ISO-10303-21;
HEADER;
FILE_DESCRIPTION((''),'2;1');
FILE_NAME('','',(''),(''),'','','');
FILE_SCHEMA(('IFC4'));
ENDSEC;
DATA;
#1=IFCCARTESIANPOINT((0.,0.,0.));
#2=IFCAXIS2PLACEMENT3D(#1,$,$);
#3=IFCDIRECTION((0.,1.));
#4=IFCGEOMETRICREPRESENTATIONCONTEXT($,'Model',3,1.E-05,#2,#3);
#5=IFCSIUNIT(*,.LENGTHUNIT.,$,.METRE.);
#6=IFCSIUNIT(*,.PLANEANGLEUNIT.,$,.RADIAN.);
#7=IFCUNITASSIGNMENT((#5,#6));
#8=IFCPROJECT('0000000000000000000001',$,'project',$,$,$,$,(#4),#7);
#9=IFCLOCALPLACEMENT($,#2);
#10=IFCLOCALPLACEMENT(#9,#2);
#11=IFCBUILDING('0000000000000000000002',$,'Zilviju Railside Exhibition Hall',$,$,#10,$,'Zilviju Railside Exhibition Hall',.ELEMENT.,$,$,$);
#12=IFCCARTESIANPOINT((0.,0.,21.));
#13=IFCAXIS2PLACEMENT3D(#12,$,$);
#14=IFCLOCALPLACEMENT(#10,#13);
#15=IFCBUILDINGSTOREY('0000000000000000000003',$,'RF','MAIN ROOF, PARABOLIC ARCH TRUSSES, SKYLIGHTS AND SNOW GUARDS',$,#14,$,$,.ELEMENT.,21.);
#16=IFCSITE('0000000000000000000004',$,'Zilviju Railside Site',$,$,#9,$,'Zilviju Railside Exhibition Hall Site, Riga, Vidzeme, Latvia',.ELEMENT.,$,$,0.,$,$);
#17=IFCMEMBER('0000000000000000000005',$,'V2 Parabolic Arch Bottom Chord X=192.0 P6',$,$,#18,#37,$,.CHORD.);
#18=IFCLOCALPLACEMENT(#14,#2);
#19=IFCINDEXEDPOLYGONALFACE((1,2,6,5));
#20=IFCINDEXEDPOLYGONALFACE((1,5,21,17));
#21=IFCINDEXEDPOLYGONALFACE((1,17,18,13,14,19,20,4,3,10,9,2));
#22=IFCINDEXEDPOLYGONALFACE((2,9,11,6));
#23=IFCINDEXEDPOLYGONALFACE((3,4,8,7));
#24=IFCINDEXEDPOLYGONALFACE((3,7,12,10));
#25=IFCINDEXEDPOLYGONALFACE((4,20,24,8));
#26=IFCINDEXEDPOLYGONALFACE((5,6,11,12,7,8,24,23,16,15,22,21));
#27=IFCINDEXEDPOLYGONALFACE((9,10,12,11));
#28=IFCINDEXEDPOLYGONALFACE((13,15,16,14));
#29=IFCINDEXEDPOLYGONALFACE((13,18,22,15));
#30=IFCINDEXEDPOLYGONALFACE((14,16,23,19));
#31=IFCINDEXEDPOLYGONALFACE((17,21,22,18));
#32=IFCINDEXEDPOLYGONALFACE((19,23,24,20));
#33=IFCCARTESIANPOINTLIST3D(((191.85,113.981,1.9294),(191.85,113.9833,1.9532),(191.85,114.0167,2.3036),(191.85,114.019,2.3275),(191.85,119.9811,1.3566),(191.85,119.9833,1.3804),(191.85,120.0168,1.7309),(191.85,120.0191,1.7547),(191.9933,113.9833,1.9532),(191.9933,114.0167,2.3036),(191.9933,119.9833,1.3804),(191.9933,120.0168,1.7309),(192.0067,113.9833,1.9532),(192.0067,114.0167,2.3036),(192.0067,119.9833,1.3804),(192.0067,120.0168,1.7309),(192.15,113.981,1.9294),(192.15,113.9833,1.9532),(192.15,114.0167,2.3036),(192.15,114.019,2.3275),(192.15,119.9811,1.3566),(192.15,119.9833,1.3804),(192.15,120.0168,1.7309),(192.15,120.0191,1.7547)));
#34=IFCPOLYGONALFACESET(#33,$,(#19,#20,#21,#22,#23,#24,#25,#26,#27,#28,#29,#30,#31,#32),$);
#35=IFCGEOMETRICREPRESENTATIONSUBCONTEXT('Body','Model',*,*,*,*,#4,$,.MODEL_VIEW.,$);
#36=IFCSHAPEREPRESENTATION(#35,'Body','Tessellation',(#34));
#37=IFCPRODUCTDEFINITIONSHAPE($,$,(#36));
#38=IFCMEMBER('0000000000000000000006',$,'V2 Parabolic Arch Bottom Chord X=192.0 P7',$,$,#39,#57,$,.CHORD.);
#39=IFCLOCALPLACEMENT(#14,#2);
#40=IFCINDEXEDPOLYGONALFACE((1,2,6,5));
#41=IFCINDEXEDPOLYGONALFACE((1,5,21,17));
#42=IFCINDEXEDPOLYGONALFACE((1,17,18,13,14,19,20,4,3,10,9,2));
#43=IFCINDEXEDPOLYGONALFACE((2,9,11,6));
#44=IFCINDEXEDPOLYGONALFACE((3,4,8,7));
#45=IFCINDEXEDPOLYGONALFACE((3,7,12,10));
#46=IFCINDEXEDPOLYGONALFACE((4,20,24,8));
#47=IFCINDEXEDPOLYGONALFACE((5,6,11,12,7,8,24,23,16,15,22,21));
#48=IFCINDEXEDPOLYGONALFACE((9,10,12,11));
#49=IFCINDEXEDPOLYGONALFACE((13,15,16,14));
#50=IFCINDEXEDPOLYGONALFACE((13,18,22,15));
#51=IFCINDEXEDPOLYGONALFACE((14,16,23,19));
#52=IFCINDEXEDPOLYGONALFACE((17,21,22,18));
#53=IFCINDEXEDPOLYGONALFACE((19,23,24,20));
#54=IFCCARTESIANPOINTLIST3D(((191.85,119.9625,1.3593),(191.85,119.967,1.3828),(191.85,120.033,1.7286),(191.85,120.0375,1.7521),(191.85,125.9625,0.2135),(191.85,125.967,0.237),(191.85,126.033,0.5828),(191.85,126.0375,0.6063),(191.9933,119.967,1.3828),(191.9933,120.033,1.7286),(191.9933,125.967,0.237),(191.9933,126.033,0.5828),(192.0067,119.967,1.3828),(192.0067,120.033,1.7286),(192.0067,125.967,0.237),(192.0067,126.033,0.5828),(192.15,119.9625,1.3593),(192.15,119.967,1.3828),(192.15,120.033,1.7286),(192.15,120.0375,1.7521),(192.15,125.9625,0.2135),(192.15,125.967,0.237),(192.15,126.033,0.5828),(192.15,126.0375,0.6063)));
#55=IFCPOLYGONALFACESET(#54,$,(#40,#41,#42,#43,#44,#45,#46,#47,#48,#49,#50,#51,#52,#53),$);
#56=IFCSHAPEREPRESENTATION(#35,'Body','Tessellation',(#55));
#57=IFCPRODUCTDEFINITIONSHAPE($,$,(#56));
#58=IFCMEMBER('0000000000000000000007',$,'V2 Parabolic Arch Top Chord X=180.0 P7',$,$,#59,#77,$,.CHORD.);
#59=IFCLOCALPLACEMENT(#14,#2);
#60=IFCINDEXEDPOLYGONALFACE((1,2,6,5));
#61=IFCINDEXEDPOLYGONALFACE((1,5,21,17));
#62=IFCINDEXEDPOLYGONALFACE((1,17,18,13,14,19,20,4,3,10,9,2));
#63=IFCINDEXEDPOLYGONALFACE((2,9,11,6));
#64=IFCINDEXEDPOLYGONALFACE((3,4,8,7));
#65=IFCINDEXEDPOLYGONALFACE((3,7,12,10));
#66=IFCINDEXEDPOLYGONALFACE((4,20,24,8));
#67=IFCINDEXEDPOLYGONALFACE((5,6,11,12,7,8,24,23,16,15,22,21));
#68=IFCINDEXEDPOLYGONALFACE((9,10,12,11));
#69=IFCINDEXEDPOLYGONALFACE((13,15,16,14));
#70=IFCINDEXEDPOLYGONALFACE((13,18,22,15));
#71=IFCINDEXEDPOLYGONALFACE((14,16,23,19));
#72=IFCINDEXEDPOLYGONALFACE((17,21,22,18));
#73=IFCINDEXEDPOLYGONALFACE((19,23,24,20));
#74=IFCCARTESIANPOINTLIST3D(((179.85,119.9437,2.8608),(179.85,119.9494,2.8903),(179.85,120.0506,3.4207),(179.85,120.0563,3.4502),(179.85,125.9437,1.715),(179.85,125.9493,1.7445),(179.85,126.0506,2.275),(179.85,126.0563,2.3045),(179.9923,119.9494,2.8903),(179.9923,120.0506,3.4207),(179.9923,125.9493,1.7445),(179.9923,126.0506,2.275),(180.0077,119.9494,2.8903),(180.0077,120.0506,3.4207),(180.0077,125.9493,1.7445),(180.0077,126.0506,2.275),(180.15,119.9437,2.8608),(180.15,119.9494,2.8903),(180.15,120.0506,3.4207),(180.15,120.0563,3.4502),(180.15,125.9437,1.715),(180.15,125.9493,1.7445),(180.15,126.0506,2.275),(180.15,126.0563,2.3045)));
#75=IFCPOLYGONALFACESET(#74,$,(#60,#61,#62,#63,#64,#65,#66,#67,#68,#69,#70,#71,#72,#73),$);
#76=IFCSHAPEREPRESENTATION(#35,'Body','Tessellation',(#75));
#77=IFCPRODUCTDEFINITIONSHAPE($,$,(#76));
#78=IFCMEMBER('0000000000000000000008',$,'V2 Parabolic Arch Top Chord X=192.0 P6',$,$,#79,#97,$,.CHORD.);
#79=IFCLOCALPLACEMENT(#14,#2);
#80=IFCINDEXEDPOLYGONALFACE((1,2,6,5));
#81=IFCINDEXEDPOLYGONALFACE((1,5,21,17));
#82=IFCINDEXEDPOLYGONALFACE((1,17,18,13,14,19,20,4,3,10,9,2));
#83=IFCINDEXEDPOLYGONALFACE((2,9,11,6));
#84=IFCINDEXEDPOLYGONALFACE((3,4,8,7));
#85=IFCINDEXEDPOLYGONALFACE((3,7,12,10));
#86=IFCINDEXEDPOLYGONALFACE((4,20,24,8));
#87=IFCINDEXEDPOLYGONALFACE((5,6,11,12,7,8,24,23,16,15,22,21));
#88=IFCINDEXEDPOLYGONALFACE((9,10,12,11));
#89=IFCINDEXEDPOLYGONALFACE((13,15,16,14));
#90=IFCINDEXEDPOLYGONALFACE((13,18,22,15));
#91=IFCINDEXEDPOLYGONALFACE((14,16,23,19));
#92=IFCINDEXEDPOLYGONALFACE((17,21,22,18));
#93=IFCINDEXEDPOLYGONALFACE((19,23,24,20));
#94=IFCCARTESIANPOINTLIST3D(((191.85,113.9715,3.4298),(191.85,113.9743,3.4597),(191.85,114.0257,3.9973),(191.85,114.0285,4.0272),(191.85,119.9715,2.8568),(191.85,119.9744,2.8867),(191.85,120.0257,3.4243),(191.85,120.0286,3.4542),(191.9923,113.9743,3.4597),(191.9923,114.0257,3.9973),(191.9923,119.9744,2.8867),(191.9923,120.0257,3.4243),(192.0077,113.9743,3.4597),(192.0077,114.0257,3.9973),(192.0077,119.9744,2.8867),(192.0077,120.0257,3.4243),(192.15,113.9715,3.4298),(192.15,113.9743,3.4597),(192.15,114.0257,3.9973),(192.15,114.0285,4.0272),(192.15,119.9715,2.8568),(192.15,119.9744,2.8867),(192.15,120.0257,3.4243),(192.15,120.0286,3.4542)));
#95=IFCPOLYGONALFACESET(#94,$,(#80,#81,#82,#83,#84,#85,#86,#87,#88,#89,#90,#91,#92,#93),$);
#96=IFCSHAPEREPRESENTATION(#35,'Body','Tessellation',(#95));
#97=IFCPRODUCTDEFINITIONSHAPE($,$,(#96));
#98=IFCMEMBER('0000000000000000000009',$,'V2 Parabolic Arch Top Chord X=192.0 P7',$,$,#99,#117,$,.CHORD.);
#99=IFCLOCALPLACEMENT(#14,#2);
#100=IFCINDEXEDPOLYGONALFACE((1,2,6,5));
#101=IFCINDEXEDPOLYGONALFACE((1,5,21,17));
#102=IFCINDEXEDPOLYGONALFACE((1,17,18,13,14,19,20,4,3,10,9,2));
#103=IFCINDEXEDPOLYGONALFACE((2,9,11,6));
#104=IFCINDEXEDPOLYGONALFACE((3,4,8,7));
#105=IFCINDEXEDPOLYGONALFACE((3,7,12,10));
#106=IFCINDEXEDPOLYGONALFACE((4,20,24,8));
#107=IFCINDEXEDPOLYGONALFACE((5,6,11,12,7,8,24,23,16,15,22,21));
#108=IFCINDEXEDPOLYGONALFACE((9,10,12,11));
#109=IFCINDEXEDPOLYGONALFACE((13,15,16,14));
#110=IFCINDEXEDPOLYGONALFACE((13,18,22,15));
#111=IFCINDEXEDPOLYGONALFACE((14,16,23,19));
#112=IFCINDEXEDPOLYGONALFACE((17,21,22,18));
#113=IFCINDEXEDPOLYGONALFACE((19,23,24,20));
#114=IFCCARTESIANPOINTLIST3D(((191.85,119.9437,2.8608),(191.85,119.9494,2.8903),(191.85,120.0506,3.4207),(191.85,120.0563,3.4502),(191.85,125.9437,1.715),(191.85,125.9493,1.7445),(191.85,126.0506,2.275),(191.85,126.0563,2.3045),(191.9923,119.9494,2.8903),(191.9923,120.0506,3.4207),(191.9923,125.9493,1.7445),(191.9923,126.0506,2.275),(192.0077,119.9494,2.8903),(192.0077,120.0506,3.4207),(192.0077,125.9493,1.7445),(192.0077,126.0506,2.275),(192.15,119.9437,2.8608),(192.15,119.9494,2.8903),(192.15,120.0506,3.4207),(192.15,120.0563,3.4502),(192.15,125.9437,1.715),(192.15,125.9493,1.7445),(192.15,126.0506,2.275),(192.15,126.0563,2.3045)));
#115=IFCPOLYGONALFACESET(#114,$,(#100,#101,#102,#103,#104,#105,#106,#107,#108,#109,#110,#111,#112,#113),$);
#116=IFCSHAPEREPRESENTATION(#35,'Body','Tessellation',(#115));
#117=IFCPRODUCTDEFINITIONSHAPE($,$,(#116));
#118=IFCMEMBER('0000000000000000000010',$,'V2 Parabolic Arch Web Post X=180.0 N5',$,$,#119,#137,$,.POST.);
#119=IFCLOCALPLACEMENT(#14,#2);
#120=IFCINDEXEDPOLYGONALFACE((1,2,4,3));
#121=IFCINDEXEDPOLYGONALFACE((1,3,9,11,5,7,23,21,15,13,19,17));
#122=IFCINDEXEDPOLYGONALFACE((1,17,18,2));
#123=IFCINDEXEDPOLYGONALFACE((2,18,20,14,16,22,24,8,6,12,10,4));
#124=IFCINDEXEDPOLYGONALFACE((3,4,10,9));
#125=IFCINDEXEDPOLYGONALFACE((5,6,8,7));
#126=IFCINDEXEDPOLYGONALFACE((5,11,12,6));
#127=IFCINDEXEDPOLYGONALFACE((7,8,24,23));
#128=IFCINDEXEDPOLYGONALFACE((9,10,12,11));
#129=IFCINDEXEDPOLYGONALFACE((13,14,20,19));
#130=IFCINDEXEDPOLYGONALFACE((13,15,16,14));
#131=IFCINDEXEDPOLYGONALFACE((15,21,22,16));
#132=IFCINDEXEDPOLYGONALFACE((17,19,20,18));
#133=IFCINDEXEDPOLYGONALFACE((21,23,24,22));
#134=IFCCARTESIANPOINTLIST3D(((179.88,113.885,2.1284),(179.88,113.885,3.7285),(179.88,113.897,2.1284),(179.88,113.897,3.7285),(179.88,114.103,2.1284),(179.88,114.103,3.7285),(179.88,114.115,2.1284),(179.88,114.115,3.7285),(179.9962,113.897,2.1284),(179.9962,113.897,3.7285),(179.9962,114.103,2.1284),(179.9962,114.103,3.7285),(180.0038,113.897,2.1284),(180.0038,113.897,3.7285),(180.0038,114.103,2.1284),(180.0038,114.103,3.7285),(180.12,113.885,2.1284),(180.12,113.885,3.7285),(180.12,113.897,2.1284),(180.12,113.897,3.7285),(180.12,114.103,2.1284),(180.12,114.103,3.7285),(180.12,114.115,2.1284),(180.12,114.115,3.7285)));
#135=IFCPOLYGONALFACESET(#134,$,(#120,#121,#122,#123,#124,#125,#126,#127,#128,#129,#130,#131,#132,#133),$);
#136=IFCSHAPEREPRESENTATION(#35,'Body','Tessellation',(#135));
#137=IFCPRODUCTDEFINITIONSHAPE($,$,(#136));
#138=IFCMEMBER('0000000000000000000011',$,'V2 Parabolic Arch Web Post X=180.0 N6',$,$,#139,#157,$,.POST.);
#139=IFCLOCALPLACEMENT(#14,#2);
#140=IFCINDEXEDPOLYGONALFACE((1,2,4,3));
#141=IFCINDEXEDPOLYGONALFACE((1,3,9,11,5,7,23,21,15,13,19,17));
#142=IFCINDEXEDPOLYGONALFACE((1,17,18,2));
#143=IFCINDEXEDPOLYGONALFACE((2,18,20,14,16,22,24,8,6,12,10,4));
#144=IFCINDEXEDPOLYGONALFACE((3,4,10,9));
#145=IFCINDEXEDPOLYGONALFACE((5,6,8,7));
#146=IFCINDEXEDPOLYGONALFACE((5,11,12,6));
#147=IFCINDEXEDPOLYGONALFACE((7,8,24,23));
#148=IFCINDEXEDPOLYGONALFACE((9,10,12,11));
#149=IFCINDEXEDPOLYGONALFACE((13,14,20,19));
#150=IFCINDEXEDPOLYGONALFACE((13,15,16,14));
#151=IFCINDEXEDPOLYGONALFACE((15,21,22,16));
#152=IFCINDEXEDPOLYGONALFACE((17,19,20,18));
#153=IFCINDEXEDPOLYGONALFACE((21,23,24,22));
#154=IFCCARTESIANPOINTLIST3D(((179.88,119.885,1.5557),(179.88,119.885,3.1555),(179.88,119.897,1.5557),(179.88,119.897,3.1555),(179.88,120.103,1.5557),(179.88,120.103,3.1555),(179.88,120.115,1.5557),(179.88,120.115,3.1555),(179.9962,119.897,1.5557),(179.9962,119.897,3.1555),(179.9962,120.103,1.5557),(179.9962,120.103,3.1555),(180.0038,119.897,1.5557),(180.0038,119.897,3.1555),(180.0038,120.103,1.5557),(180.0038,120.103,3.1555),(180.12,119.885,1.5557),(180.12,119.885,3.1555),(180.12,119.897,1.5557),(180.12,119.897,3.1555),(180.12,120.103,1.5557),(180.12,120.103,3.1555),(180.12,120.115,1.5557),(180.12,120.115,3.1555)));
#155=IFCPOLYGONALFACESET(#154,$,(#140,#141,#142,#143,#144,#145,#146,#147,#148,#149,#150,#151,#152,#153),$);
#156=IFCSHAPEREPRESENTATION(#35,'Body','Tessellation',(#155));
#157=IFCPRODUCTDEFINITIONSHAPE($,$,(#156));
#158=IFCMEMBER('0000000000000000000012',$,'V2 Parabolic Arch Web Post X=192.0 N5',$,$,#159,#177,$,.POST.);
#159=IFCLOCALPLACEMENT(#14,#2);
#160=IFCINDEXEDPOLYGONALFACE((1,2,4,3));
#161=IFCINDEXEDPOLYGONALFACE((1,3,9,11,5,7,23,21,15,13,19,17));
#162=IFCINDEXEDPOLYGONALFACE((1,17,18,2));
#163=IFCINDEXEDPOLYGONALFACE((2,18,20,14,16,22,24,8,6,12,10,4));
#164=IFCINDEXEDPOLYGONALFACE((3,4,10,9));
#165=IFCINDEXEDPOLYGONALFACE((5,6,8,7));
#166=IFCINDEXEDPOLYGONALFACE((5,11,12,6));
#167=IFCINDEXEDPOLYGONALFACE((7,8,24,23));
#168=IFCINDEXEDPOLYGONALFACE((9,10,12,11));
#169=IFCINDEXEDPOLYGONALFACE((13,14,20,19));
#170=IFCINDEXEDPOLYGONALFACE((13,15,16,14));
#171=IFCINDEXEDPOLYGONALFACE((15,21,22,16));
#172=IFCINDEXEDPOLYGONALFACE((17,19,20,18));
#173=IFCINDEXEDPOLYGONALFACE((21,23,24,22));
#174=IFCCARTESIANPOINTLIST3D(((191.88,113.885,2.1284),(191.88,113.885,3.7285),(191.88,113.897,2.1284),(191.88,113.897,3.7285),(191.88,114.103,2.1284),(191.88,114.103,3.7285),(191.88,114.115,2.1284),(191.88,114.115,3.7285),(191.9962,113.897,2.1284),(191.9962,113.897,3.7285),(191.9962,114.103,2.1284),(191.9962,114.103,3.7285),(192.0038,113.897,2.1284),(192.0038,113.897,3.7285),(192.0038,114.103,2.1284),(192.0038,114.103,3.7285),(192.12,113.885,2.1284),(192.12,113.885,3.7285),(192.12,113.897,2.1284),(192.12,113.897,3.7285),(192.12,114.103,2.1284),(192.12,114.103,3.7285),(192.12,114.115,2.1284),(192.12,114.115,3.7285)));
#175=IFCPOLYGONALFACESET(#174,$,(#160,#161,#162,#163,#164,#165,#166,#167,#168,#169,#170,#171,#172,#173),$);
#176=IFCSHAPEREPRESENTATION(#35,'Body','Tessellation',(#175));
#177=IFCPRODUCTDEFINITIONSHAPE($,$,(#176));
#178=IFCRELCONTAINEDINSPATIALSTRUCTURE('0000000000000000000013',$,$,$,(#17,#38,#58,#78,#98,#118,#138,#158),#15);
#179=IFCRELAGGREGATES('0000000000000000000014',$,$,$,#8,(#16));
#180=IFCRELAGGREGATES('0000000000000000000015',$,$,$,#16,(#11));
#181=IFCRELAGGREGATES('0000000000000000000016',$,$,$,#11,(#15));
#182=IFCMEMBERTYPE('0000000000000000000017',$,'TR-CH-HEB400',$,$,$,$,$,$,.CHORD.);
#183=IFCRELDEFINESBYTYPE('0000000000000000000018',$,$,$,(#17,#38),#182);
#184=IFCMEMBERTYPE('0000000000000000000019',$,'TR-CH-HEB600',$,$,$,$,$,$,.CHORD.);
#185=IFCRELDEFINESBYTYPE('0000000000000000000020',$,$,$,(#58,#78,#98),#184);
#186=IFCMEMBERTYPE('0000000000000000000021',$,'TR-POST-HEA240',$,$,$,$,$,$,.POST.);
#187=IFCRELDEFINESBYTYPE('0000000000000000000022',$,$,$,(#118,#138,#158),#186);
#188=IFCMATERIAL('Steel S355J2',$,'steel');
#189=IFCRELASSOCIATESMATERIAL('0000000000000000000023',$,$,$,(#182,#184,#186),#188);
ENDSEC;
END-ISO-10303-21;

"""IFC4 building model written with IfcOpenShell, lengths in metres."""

from ifc_helpers import new_model, si_unit, direction, frame, origin, origin_2d, place, context, subcontext, project, spatial, i_section, extrude, material, material_profile, profile_set, type_object, element, save


model = new_model("IFC4")

# Units and contexts
model_context = context("Model", 3, precision=1e-05, world=origin(), true_north=direction((0.0, 1.0)))
body_context = subcontext(model_context, "Body", "Model", "MODEL_VIEW")
ifc_project = project(units=[si_unit("LENGTHUNIT", "METRE"), si_unit("PLANEANGLEUNIT", "RADIAN")], contexts=[model_context])

# Site, building, storey
site_placement = place(None, origin())
site = spatial("IfcSite", under=ifc_project, at=site_placement, Name="Zilviju Railside Site", LongName="Zilviju Railside Exhibition Hall Site, Riga, Vidzeme, Latvia", CompositionType="ELEMENT", RefElevation=0.0)
building_placement = place(site_placement, origin())
building = spatial("IfcBuilding", under=site, at=building_placement, Name="Zilviju Railside Exhibition Hall", LongName="Zilviju Railside Exhibition Hall", CompositionType="ELEMENT")
storey_placement = place(building_placement, frame((0.0, 0.0, 21.0)))
storey = spatial("IfcBuildingStorey", under=building, at=storey_placement, Name="RF", Description="MAIN ROOF, PARABOLIC ARCH TRUSSES, SKYLIGHTS AND SNOW GUARDS", CompositionType="ELEMENT", Elevation=21.0)

# Members
ifc_material_1 = material(Name="Steel S355J2", Category="steel")
ifc_material_profile_1 = material_profile(ifc_material_1, i_section(OverallWidth=0.3, OverallDepth=0.3999, WebThickness=0.0134, FlangeThickness=0.0239, at=origin_2d()), Name="HEB 400")
ifc_profile_set_1 = profile_set([ifc_material_profile_1], Name="Steel S355J2")
member_type_1 = type_object("IfcMemberType", Name="TR-CH-HEB400", PredefinedType="CHORD", material=ifc_profile_set_1)
member_1_placement = place(storey_placement, frame((192.0, 114.0, 2.1284), z_axis=(0.0, 0.995475, -0.095027), x_axis=(-1.0, 0.0, 0.0)))
element("IfcMember", 1, at=member_1_placement, inside=storey, type_object=member_type_1, Name="V2 Parabolic Arch Bottom Chord X=192.0 P6", PredefinedType="CHORD", context=body_context, shape_type="SweptSolid", body=[
    extrude(i_section(OverallWidth=0.3, OverallDepth=0.3999, WebThickness=0.0134, FlangeThickness=0.0239, at=origin_2d()), origin(), (0.0, 0.0, 1.0), 6.0273),
])
member_2_placement = place(storey_placement, frame((192.0, 120.0, 1.5557), z_axis=(0.0, 0.982251, -0.187569), x_axis=(-1.0, 0.0, 0.0)))
element("IfcMember", 2, at=member_2_placement, inside=storey, type_object=member_type_1, Name="V2 Parabolic Arch Bottom Chord X=192.0 P7", PredefinedType="CHORD", context=body_context, shape_type="SweptSolid", body=[
    extrude(i_section(OverallWidth=0.3, OverallDepth=0.3999, WebThickness=0.0134, FlangeThickness=0.0239, at=origin_2d()), origin(), (0.0, 0.0, 1.0), 6.1084),
])
ifc_material_profile_2 = material_profile(ifc_material_1, i_section(OverallWidth=0.3, OverallDepth=0.6001, WebThickness=0.0154, FlangeThickness=0.03, at=origin_2d()), Name="HEB 600")
ifc_profile_set_2 = profile_set([ifc_material_profile_2], Name="Steel S355J2")
member_type_2 = type_object("IfcMemberType", Name="TR-CH-HEB600", PredefinedType="CHORD", material=ifc_profile_set_2)
member_3_placement = place(storey_placement, frame((180.0, 120.0, 3.1555), z_axis=(0.0, 0.982251, -0.187569), x_axis=(-1.0, 0.0, 0.0)))
element("IfcMember", 3, at=member_3_placement, inside=storey, type_object=member_type_2, Name="V2 Parabolic Arch Top Chord X=180.0 P7", PredefinedType="CHORD", context=body_context, shape_type="SweptSolid", body=[
    extrude(i_section(OverallWidth=0.3, OverallDepth=0.6001, WebThickness=0.0154, FlangeThickness=0.03, at=origin_2d()), origin(), (0.0, 0.0, 1.0), 6.1084),
])
member_4_placement = place(storey_placement, frame((192.0, 114.0, 3.7285), z_axis=(0.0, 0.995471, -0.095067), x_axis=(-1.0, 0.0, 0.0)))
element("IfcMember", 4, at=member_4_placement, inside=storey, type_object=member_type_2, Name="V2 Parabolic Arch Top Chord X=192.0 P6", PredefinedType="CHORD", context=body_context, shape_type="SweptSolid", body=[
    extrude(i_section(OverallWidth=0.3, OverallDepth=0.6001, WebThickness=0.0154, FlangeThickness=0.03, at=origin_2d()), origin(), (0.0, 0.0, 1.0), 6.0273),
])
member_5_placement = place(storey_placement, frame((192.0, 120.0, 3.1555), z_axis=(0.0, 0.982251, -0.187569), x_axis=(-1.0, 0.0, 0.0)))
element("IfcMember", 5, at=member_5_placement, inside=storey, type_object=member_type_2, Name="V2 Parabolic Arch Top Chord X=192.0 P7", PredefinedType="CHORD", context=body_context, shape_type="SweptSolid", body=[
    extrude(i_section(OverallWidth=0.3, OverallDepth=0.6001, WebThickness=0.0154, FlangeThickness=0.03, at=origin_2d()), origin(), (0.0, 0.0, 1.0), 6.1084),
])
ifc_material_profile_3 = material_profile(ifc_material_1, i_section(OverallWidth=0.24, OverallDepth=0.23, WebThickness=0.0076, FlangeThickness=0.012, at=origin_2d()), Name="HEA 240")
ifc_profile_set_3 = profile_set([ifc_material_profile_3], Name="Steel S355J2")
member_type_3 = type_object("IfcMemberType", Name="TR-POST-HEA240", PredefinedType="POST", material=ifc_profile_set_3)
member_6_placement = place(storey_placement, frame((180.0, 114.0, 2.1284), z_axis=(0.0, 0.0, 1.0), x_axis=(1.0, 0.0, 0.0)))
element("IfcMember", 6, at=member_6_placement, inside=storey, type_object=member_type_3, Name="V2 Parabolic Arch Web Post X=180.0 N5", PredefinedType="POST", context=body_context, shape_type="SweptSolid", body=[
    extrude(i_section(OverallWidth=0.24, OverallDepth=0.23, WebThickness=0.0076, FlangeThickness=0.012, at=origin_2d()), origin(), (0.0, 0.0, 1.0), 1.6001),
])
member_7_placement = place(storey_placement, frame((180.0, 120.0, 1.5557), z_axis=(0.0, 0.0, 1.0), x_axis=(1.0, 0.0, 0.0)))
element("IfcMember", 7, at=member_7_placement, inside=storey, type_object=member_type_3, Name="V2 Parabolic Arch Web Post X=180.0 N6", PredefinedType="POST", context=body_context, shape_type="SweptSolid", body=[
    extrude(i_section(OverallWidth=0.24, OverallDepth=0.23, WebThickness=0.0076, FlangeThickness=0.012, at=origin_2d()), origin(), (0.0, 0.0, 1.0), 1.5999),
])
member_8_placement = place(storey_placement, frame((192.0, 114.0, 2.1284), z_axis=(0.0, 0.0, 1.0), x_axis=(1.0, 0.0, 0.0)))
element("IfcMember", 8, at=member_8_placement, inside=storey, type_object=member_type_3, Name="V2 Parabolic Arch Web Post X=192.0 N5", PredefinedType="POST", context=body_context, shape_type="SweptSolid", body=[
    extrude(i_section(OverallWidth=0.24, OverallDepth=0.23, WebThickness=0.0076, FlangeThickness=0.012, at=origin_2d()), origin(), (0.0, 0.0, 1.0), 1.6001),
])

save(model, "model.ifc")
